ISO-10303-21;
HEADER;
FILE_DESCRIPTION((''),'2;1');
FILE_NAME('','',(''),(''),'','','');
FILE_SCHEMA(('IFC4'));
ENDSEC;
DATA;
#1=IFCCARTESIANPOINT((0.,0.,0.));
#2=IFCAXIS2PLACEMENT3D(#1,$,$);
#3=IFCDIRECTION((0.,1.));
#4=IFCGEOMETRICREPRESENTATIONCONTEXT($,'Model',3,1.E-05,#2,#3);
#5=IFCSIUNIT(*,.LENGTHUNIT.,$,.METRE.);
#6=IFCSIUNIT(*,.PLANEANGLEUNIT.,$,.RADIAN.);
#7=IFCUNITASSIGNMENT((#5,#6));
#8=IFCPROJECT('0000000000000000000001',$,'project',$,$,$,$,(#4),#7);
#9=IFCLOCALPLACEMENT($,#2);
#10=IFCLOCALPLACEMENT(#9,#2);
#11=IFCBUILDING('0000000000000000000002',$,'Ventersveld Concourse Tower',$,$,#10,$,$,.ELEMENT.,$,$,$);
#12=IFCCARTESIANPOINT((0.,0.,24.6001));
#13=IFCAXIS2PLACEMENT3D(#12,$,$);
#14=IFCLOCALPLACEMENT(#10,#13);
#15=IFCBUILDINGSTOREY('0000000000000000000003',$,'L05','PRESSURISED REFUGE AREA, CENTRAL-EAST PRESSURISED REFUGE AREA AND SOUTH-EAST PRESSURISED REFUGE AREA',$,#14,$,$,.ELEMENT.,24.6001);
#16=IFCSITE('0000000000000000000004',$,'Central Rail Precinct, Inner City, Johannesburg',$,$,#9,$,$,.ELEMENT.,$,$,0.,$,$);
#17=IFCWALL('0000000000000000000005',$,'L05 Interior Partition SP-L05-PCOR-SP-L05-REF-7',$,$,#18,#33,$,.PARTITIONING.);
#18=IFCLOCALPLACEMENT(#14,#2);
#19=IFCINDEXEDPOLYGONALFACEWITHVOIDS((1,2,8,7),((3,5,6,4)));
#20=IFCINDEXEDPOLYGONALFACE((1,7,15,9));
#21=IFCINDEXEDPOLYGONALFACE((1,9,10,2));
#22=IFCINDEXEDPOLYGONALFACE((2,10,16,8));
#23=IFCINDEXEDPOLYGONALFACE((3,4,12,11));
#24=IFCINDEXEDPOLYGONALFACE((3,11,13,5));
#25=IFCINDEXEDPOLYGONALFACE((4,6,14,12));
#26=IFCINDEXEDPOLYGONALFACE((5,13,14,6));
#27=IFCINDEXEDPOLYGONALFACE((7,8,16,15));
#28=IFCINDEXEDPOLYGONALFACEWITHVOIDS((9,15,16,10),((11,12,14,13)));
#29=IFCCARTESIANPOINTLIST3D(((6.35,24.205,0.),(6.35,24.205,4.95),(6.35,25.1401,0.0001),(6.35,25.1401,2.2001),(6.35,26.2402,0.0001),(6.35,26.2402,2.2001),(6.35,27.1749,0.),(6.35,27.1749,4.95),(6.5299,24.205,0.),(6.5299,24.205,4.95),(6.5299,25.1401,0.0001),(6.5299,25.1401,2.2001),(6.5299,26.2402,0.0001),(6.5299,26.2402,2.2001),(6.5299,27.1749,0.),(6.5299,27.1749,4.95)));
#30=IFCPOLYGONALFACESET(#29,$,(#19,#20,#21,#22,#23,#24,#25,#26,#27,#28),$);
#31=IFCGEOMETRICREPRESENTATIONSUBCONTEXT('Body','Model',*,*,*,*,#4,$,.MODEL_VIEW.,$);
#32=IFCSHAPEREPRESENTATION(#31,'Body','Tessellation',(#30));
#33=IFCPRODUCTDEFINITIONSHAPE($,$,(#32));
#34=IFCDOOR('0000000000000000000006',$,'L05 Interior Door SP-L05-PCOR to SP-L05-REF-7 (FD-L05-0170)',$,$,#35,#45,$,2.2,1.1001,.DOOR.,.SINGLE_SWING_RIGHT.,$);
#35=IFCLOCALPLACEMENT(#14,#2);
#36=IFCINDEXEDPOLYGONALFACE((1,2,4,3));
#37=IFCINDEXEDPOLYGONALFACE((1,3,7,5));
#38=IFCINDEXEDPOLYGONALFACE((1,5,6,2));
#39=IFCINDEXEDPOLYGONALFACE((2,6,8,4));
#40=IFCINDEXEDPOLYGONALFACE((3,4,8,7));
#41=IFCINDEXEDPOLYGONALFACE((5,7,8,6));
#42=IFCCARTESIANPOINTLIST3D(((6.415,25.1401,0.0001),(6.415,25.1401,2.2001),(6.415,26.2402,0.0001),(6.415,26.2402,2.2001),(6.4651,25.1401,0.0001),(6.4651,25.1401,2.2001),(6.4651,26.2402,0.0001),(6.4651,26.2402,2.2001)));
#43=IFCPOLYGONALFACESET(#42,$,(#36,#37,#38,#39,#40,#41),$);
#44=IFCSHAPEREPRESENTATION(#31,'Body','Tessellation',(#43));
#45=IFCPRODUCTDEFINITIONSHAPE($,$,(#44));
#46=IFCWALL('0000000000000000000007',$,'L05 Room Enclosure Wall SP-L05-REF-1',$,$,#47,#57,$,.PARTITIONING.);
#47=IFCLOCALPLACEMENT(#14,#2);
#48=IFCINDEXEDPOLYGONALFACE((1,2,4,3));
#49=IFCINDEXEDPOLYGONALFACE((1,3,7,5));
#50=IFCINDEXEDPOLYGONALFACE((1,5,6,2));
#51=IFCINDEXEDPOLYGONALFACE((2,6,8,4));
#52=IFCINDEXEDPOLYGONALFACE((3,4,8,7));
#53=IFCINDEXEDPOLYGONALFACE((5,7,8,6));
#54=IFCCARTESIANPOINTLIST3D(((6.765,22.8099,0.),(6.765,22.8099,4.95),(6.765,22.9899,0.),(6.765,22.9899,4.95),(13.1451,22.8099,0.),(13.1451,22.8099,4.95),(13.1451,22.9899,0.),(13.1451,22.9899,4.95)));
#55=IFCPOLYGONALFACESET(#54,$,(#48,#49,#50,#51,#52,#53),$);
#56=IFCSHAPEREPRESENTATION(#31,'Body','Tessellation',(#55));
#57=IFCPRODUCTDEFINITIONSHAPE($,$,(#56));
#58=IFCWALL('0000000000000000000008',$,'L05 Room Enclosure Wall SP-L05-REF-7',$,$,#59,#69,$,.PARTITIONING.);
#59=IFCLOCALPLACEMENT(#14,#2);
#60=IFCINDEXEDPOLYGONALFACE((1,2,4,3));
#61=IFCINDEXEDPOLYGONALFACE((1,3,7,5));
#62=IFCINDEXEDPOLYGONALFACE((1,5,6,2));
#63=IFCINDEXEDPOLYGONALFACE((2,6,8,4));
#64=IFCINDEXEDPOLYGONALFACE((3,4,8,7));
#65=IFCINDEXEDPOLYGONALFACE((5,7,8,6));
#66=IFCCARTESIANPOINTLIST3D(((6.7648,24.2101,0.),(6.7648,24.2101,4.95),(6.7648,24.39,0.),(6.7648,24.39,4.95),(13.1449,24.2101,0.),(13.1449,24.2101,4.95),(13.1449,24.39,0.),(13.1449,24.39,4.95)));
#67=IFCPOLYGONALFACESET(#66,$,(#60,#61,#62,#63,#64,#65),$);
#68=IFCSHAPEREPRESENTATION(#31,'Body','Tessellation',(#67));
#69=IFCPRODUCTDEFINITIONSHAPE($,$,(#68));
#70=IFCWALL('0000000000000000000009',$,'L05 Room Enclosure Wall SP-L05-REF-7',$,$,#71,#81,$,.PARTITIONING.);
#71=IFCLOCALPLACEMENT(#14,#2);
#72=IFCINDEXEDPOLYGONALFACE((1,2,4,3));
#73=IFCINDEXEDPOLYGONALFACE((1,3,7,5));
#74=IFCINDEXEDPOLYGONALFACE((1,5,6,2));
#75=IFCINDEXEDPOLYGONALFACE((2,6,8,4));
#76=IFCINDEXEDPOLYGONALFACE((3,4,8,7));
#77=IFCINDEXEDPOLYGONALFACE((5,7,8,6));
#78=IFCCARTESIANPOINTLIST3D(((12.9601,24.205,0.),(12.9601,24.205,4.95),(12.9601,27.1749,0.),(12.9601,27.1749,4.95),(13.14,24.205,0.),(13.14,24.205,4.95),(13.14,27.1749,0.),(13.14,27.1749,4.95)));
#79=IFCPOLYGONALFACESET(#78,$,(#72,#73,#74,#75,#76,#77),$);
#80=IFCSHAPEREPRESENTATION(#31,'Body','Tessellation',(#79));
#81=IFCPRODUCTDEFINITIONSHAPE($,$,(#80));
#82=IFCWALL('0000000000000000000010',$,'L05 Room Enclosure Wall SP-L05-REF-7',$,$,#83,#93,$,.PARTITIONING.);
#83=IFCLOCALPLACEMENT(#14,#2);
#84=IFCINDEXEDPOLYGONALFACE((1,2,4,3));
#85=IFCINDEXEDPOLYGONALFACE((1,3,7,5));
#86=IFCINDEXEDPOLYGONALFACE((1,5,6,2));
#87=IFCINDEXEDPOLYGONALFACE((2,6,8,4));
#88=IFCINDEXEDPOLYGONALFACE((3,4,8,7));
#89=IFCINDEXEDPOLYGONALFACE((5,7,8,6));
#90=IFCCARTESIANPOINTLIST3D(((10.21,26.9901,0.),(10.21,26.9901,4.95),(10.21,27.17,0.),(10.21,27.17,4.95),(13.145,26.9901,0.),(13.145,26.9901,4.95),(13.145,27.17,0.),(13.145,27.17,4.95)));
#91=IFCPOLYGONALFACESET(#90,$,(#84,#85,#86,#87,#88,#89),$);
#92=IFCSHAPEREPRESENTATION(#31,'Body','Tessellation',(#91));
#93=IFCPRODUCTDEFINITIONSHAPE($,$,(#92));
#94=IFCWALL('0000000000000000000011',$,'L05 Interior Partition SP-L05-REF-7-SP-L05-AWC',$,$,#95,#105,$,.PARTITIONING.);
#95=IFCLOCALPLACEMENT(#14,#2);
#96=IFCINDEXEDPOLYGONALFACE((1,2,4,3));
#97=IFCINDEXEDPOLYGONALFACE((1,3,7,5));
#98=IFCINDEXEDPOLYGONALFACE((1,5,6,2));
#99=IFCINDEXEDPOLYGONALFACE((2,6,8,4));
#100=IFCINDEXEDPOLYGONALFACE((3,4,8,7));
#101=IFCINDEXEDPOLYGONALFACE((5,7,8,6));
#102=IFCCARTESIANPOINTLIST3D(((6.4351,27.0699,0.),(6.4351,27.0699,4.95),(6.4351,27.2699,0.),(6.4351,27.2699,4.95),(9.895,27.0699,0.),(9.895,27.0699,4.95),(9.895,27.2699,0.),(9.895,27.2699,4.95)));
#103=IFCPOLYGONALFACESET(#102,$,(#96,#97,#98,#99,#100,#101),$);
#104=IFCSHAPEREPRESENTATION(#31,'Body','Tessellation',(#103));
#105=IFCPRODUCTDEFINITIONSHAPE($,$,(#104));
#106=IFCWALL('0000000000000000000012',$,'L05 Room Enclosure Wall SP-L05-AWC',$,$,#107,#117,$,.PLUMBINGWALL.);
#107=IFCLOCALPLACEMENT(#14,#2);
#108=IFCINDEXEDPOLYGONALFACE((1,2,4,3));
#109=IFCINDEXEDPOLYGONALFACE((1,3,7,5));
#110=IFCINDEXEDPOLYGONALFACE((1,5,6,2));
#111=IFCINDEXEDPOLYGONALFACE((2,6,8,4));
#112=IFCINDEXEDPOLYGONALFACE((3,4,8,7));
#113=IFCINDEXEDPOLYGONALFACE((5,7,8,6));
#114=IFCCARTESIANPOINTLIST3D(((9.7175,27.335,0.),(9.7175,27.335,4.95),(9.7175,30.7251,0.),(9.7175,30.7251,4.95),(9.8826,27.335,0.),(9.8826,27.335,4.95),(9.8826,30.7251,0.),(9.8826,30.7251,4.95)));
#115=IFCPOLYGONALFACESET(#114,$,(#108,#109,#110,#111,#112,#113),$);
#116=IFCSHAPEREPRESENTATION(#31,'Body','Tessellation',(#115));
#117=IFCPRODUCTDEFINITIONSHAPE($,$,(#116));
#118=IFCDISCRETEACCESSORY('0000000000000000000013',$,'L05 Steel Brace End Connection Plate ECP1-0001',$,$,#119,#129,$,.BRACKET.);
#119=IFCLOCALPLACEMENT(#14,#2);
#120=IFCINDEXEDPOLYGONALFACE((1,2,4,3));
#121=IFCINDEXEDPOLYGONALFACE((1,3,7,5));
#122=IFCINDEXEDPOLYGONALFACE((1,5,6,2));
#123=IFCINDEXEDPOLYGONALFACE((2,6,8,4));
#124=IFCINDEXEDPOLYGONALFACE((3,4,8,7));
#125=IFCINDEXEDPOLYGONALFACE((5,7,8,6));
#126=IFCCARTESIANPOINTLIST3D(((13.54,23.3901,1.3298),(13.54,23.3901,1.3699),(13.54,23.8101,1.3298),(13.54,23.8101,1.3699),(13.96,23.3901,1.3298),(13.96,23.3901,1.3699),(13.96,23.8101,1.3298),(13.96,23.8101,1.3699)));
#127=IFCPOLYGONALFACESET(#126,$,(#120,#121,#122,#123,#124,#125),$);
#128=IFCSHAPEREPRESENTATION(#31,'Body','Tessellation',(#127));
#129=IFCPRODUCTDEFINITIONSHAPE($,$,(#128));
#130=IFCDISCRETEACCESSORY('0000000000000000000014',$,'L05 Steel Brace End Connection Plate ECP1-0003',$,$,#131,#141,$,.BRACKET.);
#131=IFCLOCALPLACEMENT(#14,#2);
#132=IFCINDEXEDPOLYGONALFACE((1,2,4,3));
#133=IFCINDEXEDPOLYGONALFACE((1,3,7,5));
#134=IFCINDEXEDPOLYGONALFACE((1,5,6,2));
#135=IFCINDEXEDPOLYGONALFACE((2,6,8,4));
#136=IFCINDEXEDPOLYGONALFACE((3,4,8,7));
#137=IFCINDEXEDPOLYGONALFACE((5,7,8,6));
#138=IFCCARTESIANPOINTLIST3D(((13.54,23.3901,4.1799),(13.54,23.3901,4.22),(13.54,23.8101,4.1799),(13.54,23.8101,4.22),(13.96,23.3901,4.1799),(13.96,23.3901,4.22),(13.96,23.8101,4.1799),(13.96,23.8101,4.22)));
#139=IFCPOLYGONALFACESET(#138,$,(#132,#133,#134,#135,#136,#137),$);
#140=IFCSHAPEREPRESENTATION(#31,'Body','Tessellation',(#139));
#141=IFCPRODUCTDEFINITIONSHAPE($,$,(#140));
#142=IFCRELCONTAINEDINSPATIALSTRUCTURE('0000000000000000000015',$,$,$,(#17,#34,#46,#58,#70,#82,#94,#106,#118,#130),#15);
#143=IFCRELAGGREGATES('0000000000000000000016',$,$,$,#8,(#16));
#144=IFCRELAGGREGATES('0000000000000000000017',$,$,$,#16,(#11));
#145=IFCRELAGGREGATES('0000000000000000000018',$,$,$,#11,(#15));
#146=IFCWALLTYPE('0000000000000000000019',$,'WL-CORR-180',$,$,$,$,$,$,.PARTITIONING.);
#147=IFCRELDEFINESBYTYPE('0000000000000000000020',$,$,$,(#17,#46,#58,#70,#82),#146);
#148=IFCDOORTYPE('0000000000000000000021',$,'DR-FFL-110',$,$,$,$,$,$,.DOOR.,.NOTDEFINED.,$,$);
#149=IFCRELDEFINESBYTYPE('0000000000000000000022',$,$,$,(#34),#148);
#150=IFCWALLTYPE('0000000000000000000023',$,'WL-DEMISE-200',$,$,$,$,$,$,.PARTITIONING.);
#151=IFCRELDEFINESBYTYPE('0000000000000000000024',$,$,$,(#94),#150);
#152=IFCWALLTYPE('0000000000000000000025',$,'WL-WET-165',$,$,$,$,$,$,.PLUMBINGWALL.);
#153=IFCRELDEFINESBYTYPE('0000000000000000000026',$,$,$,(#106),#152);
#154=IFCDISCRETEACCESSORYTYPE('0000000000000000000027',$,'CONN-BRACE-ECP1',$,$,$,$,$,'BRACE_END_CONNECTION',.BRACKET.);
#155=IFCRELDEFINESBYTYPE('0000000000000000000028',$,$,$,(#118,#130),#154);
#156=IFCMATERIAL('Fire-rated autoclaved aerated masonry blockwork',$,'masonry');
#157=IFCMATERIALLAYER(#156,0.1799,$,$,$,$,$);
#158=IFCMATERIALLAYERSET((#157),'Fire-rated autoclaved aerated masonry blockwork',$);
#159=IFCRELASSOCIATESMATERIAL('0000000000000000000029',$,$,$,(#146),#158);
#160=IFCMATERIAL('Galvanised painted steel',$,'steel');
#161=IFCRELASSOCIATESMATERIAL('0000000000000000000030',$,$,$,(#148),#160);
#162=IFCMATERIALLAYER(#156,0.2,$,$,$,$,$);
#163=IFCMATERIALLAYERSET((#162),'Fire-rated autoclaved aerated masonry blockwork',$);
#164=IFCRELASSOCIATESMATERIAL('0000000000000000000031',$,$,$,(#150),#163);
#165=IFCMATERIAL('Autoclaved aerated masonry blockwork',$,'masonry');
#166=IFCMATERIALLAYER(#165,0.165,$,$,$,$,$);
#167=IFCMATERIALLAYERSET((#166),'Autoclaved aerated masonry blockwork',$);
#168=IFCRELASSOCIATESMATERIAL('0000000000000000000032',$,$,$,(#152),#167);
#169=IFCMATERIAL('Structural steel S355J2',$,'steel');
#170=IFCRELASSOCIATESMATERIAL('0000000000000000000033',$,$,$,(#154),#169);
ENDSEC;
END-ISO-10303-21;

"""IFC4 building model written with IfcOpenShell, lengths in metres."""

from ifc_helpers import new_model, si_unit, direction, frame, frame_2d, origin, origin_2d, place, context, subcontext, project, spatial, rectangle, extrude, material, layer, layer_set, type_object, element, fill, save


model = new_model("IFC4")

# Units and contexts
model_context = context("Model", 3, precision=1e-05, world=origin(), true_north=direction((0.0, 1.0)))
body_context = subcontext(model_context, "Body", "Model", "MODEL_VIEW")
ifc_project = project(units=[si_unit("LENGTHUNIT", "METRE"), si_unit("PLANEANGLEUNIT", "RADIAN")], contexts=[model_context])

# Site, building, storey
site_placement = place(None, origin())
site = spatial("IfcSite", under=ifc_project, at=site_placement, Name="Central Rail Precinct, Inner City, Johannesburg", CompositionType="ELEMENT", RefElevation=0.0)
building_placement = place(site_placement, origin())
building = spatial("IfcBuilding", under=site, at=building_placement, Name="Ventersveld Concourse Tower", CompositionType="ELEMENT")
storey_placement = place(building_placement, frame((0.0, 0.0, 24.6001)))
storey = spatial("IfcBuildingStorey", under=building, at=storey_placement, Name="L05", Description="PRESSURISED REFUGE AREA, CENTRAL-EAST PRESSURISED REFUGE AREA AND SOUTH-EAST PRESSURISED REFUGE AREA", CompositionType="ELEMENT", Elevation=24.6001)

# Shared definitions
ifc_material_1 = material(Name="Structural steel S355J2", Category="steel")

# Wall, opening, door
ifc_material_2 = material(Name="Fire-rated autoclaved aerated masonry blockwork", Category="masonry")
ifc_layer_1 = layer(ifc_material_2, 0.1799)
ifc_layer_set_1 = layer_set([ifc_layer_1], Name="Fire-rated autoclaved aerated masonry blockwork")
wall_type_1 = type_object("IfcWallType", Name="WL-CORR-180", PredefinedType="PARTITIONING", material=ifc_layer_set_1)
wall_1_placement = place(storey_placement, frame((6.4399, 24.2051, 0.0), z_axis=(0.0, 0.0, 1.0), x_axis=(0.0, 1.0, 0.0)))
wall_1 = element("IfcWall", 1, at=wall_1_placement, inside=storey, type_object=wall_type_1, Name="L05 Interior Partition SP-L05-PCOR-SP-L05-REF-7", PredefinedType="PARTITIONING", context=body_context, shape_type="SweptSolid", body=[
    extrude(rectangle(XDim=2.97, YDim=0.1799, at=frame_2d((1.4849, 0.0))), origin(), (0.0, 0.0, 1.0), 4.95),
])
opening_1_placement = place(wall_1_placement, frame((0.9351, 0.0, 0.0)))
opening_1 = element("IfcOpeningElement", 2, at=opening_1_placement, cuts=wall_1, PredefinedType="OPENING", context=body_context, shape_type="SweptSolid", body=[
    extrude(rectangle(XDim=1.1001, YDim=2.2, at=frame_2d((0.55, 1.1001))), frame((0.0, 0.1001, 0.0), z_axis=(0.0, -1.0, 0.0), x_axis=(1.0, 0.0, 0.0)), (0.0, 0.0, 1.0), 0.2),
])
ifc_material_3 = material(Name="Galvanised painted steel", Category="steel")
door_type_1 = type_object("IfcDoorType", Name="DR-FFL-110", OperationType="NOTDEFINED", PredefinedType="DOOR", material=ifc_material_3)
door_1_placement = place(opening_1_placement, origin())
door_1 = element("IfcDoor", 3, at=door_1_placement, inside=storey, type_object=door_type_1, Name="L05 Interior Door SP-L05-PCOR to SP-L05-REF-7 (FD-L05-0170)", OperationType="SINGLE_SWING_RIGHT", OverallHeight=2.2, OverallWidth=1.1001, PredefinedType="DOOR", context=body_context, shape_type="SweptSolid", body=[
    extrude(rectangle(XDim=1.1001, YDim=2.2, at=frame_2d((0.55, 1.1001))), frame((0.0, 0.0249, 0.0), z_axis=(0.0, -1.0, 0.0), x_axis=(1.0, 0.0, 0.0)), (0.0, 0.0, 1.0), 0.05),
])
fill(opening_1, door_1)

# Walls
for number, where, z_axis, x_axis, name in (
    (4, (13.145, 22.8999, 0.0), (0.0, 0.0, 1.0), (-1.0, 0.0, 0.0), "L05 Room Enclosure Wall SP-L05-REF-1"),
    (5, (6.7649, 24.3, 0.0), (0.0, 0.0, 1.0), (1.0, 0.0, 0.0), "L05 Room Enclosure Wall SP-L05-REF-7"),
):
    element("IfcWall", number, at=place(storey_placement, frame(where, z_axis=z_axis, x_axis=x_axis)), inside=storey, type_object=wall_type_1, Name=name, PredefinedType="PARTITIONING", context=body_context, shape_type="SweptSolid", body=[
        extrude(rectangle(XDim=6.3801, YDim=0.1799, at=frame_2d((3.1899, 0.0))), origin(), (0.0, 0.0, 1.0), 4.95),
    ])
wall_2_placement = place(storey_placement, frame((13.05, 24.2051, 0.0), z_axis=(0.0, 0.0, 1.0), x_axis=(0.0, 1.0, 0.0)))
element("IfcWall", 6, at=wall_2_placement, inside=storey, type_object=wall_type_1, Name="L05 Room Enclosure Wall SP-L05-REF-7", PredefinedType="PARTITIONING", context=body_context, shape_type="SweptSolid", body=[
    extrude(rectangle(XDim=2.97, YDim=0.1799, at=frame_2d((1.4849, 0.0))), origin(), (0.0, 0.0, 1.0), 4.95),
])
wall_3_placement = place(storey_placement, frame((13.145, 27.0801, 0.0), z_axis=(0.0, 0.0, 1.0), x_axis=(-1.0, 0.0, 0.0)))
element("IfcWall", 7, at=wall_3_placement, inside=storey, type_object=wall_type_1, Name="L05 Room Enclosure Wall SP-L05-REF-7", PredefinedType="PARTITIONING", context=body_context, shape_type="SweptSolid", body=[
    extrude(rectangle(XDim=2.9351, YDim=0.1799, at=frame_2d((1.4675, 0.0))), origin(), (0.0, 0.0, 1.0), 4.95),
])
ifc_layer_2 = layer(ifc_material_2, 0.2)
ifc_layer_set_2 = layer_set([ifc_layer_2], Name="Fire-rated autoclaved aerated masonry blockwork")
wall_type_2 = type_object("IfcWallType", Name="WL-DEMISE-200", PredefinedType="PARTITIONING", material=ifc_layer_set_2)
wall_4_placement = place(storey_placement, frame((6.4351, 27.1699, 0.0), z_axis=(0.0, 0.0, 1.0), x_axis=(1.0, 0.0, 0.0)))
element("IfcWall", 8, at=wall_4_placement, inside=storey, type_object=wall_type_2, Name="L05 Interior Partition SP-L05-REF-7-SP-L05-AWC", PredefinedType="PARTITIONING", context=body_context, shape_type="SweptSolid", body=[
    extrude(rectangle(XDim=3.46, YDim=0.2, at=frame_2d((1.73, 0.0))), origin(), (0.0, 0.0, 1.0), 4.95),
])
ifc_material_4 = material(Name="Autoclaved aerated masonry blockwork", Category="masonry")
ifc_layer_3 = layer(ifc_material_4, 0.165)
ifc_layer_set_3 = layer_set([ifc_layer_3], Name="Autoclaved aerated masonry blockwork")
wall_type_3 = type_object("IfcWallType", Name="WL-WET-165", PredefinedType="PLUMBINGWALL", material=ifc_layer_set_3)
wall_5_placement = place(storey_placement, frame((9.8, 27.335, 0.0), z_axis=(0.0, 0.0, 1.0), x_axis=(0.0, 1.0, 0.0)))
element("IfcWall", 9, at=wall_5_placement, inside=storey, type_object=wall_type_3, Name="L05 Room Enclosure Wall SP-L05-AWC", PredefinedType="PLUMBINGWALL", context=body_context, shape_type="SweptSolid", body=[
    extrude(rectangle(XDim=3.3901, YDim=0.165, at=frame_2d((1.6951, 0.0))), origin(), (0.0, 0.0, 1.0), 4.95),
])

# Discrete accessories
discrete_accessory_type = type_object("IfcDiscreteAccessoryType", Name="CONN-BRACE-ECP1", ElementType="BRACE_END_CONNECTION", PredefinedType="BRACKET", material=ifc_material_1)
for number, where, z_axis, x_axis, name in (
    (10, (13.75, 23.6001, 1.3298), (0.0, 0.0, 1.0), (1.0, 0.0, 0.0), "L05 Steel Brace End Connection Plate ECP1-0001"),
    (11, (13.75, 23.6001, 4.1799), (0.0, 0.0, 1.0), (1.0, 0.0, 0.0), "L05 Steel Brace End Connection Plate ECP1-0003"),
):
    element("IfcDiscreteAccessory", number, at=place(storey_placement, frame(where, z_axis=z_axis, x_axis=x_axis)), inside=storey, type_object=discrete_accessory_type, Name=name, PredefinedType="BRACKET", context=body_context, shape_type="SweptSolid", body=[
        extrude(rectangle(XDim=0.4199, YDim=0.4199, at=origin_2d()), origin(), (0.0, 0.0, 1.0), 0.04),
    ])

save(model, "model.ifc")
